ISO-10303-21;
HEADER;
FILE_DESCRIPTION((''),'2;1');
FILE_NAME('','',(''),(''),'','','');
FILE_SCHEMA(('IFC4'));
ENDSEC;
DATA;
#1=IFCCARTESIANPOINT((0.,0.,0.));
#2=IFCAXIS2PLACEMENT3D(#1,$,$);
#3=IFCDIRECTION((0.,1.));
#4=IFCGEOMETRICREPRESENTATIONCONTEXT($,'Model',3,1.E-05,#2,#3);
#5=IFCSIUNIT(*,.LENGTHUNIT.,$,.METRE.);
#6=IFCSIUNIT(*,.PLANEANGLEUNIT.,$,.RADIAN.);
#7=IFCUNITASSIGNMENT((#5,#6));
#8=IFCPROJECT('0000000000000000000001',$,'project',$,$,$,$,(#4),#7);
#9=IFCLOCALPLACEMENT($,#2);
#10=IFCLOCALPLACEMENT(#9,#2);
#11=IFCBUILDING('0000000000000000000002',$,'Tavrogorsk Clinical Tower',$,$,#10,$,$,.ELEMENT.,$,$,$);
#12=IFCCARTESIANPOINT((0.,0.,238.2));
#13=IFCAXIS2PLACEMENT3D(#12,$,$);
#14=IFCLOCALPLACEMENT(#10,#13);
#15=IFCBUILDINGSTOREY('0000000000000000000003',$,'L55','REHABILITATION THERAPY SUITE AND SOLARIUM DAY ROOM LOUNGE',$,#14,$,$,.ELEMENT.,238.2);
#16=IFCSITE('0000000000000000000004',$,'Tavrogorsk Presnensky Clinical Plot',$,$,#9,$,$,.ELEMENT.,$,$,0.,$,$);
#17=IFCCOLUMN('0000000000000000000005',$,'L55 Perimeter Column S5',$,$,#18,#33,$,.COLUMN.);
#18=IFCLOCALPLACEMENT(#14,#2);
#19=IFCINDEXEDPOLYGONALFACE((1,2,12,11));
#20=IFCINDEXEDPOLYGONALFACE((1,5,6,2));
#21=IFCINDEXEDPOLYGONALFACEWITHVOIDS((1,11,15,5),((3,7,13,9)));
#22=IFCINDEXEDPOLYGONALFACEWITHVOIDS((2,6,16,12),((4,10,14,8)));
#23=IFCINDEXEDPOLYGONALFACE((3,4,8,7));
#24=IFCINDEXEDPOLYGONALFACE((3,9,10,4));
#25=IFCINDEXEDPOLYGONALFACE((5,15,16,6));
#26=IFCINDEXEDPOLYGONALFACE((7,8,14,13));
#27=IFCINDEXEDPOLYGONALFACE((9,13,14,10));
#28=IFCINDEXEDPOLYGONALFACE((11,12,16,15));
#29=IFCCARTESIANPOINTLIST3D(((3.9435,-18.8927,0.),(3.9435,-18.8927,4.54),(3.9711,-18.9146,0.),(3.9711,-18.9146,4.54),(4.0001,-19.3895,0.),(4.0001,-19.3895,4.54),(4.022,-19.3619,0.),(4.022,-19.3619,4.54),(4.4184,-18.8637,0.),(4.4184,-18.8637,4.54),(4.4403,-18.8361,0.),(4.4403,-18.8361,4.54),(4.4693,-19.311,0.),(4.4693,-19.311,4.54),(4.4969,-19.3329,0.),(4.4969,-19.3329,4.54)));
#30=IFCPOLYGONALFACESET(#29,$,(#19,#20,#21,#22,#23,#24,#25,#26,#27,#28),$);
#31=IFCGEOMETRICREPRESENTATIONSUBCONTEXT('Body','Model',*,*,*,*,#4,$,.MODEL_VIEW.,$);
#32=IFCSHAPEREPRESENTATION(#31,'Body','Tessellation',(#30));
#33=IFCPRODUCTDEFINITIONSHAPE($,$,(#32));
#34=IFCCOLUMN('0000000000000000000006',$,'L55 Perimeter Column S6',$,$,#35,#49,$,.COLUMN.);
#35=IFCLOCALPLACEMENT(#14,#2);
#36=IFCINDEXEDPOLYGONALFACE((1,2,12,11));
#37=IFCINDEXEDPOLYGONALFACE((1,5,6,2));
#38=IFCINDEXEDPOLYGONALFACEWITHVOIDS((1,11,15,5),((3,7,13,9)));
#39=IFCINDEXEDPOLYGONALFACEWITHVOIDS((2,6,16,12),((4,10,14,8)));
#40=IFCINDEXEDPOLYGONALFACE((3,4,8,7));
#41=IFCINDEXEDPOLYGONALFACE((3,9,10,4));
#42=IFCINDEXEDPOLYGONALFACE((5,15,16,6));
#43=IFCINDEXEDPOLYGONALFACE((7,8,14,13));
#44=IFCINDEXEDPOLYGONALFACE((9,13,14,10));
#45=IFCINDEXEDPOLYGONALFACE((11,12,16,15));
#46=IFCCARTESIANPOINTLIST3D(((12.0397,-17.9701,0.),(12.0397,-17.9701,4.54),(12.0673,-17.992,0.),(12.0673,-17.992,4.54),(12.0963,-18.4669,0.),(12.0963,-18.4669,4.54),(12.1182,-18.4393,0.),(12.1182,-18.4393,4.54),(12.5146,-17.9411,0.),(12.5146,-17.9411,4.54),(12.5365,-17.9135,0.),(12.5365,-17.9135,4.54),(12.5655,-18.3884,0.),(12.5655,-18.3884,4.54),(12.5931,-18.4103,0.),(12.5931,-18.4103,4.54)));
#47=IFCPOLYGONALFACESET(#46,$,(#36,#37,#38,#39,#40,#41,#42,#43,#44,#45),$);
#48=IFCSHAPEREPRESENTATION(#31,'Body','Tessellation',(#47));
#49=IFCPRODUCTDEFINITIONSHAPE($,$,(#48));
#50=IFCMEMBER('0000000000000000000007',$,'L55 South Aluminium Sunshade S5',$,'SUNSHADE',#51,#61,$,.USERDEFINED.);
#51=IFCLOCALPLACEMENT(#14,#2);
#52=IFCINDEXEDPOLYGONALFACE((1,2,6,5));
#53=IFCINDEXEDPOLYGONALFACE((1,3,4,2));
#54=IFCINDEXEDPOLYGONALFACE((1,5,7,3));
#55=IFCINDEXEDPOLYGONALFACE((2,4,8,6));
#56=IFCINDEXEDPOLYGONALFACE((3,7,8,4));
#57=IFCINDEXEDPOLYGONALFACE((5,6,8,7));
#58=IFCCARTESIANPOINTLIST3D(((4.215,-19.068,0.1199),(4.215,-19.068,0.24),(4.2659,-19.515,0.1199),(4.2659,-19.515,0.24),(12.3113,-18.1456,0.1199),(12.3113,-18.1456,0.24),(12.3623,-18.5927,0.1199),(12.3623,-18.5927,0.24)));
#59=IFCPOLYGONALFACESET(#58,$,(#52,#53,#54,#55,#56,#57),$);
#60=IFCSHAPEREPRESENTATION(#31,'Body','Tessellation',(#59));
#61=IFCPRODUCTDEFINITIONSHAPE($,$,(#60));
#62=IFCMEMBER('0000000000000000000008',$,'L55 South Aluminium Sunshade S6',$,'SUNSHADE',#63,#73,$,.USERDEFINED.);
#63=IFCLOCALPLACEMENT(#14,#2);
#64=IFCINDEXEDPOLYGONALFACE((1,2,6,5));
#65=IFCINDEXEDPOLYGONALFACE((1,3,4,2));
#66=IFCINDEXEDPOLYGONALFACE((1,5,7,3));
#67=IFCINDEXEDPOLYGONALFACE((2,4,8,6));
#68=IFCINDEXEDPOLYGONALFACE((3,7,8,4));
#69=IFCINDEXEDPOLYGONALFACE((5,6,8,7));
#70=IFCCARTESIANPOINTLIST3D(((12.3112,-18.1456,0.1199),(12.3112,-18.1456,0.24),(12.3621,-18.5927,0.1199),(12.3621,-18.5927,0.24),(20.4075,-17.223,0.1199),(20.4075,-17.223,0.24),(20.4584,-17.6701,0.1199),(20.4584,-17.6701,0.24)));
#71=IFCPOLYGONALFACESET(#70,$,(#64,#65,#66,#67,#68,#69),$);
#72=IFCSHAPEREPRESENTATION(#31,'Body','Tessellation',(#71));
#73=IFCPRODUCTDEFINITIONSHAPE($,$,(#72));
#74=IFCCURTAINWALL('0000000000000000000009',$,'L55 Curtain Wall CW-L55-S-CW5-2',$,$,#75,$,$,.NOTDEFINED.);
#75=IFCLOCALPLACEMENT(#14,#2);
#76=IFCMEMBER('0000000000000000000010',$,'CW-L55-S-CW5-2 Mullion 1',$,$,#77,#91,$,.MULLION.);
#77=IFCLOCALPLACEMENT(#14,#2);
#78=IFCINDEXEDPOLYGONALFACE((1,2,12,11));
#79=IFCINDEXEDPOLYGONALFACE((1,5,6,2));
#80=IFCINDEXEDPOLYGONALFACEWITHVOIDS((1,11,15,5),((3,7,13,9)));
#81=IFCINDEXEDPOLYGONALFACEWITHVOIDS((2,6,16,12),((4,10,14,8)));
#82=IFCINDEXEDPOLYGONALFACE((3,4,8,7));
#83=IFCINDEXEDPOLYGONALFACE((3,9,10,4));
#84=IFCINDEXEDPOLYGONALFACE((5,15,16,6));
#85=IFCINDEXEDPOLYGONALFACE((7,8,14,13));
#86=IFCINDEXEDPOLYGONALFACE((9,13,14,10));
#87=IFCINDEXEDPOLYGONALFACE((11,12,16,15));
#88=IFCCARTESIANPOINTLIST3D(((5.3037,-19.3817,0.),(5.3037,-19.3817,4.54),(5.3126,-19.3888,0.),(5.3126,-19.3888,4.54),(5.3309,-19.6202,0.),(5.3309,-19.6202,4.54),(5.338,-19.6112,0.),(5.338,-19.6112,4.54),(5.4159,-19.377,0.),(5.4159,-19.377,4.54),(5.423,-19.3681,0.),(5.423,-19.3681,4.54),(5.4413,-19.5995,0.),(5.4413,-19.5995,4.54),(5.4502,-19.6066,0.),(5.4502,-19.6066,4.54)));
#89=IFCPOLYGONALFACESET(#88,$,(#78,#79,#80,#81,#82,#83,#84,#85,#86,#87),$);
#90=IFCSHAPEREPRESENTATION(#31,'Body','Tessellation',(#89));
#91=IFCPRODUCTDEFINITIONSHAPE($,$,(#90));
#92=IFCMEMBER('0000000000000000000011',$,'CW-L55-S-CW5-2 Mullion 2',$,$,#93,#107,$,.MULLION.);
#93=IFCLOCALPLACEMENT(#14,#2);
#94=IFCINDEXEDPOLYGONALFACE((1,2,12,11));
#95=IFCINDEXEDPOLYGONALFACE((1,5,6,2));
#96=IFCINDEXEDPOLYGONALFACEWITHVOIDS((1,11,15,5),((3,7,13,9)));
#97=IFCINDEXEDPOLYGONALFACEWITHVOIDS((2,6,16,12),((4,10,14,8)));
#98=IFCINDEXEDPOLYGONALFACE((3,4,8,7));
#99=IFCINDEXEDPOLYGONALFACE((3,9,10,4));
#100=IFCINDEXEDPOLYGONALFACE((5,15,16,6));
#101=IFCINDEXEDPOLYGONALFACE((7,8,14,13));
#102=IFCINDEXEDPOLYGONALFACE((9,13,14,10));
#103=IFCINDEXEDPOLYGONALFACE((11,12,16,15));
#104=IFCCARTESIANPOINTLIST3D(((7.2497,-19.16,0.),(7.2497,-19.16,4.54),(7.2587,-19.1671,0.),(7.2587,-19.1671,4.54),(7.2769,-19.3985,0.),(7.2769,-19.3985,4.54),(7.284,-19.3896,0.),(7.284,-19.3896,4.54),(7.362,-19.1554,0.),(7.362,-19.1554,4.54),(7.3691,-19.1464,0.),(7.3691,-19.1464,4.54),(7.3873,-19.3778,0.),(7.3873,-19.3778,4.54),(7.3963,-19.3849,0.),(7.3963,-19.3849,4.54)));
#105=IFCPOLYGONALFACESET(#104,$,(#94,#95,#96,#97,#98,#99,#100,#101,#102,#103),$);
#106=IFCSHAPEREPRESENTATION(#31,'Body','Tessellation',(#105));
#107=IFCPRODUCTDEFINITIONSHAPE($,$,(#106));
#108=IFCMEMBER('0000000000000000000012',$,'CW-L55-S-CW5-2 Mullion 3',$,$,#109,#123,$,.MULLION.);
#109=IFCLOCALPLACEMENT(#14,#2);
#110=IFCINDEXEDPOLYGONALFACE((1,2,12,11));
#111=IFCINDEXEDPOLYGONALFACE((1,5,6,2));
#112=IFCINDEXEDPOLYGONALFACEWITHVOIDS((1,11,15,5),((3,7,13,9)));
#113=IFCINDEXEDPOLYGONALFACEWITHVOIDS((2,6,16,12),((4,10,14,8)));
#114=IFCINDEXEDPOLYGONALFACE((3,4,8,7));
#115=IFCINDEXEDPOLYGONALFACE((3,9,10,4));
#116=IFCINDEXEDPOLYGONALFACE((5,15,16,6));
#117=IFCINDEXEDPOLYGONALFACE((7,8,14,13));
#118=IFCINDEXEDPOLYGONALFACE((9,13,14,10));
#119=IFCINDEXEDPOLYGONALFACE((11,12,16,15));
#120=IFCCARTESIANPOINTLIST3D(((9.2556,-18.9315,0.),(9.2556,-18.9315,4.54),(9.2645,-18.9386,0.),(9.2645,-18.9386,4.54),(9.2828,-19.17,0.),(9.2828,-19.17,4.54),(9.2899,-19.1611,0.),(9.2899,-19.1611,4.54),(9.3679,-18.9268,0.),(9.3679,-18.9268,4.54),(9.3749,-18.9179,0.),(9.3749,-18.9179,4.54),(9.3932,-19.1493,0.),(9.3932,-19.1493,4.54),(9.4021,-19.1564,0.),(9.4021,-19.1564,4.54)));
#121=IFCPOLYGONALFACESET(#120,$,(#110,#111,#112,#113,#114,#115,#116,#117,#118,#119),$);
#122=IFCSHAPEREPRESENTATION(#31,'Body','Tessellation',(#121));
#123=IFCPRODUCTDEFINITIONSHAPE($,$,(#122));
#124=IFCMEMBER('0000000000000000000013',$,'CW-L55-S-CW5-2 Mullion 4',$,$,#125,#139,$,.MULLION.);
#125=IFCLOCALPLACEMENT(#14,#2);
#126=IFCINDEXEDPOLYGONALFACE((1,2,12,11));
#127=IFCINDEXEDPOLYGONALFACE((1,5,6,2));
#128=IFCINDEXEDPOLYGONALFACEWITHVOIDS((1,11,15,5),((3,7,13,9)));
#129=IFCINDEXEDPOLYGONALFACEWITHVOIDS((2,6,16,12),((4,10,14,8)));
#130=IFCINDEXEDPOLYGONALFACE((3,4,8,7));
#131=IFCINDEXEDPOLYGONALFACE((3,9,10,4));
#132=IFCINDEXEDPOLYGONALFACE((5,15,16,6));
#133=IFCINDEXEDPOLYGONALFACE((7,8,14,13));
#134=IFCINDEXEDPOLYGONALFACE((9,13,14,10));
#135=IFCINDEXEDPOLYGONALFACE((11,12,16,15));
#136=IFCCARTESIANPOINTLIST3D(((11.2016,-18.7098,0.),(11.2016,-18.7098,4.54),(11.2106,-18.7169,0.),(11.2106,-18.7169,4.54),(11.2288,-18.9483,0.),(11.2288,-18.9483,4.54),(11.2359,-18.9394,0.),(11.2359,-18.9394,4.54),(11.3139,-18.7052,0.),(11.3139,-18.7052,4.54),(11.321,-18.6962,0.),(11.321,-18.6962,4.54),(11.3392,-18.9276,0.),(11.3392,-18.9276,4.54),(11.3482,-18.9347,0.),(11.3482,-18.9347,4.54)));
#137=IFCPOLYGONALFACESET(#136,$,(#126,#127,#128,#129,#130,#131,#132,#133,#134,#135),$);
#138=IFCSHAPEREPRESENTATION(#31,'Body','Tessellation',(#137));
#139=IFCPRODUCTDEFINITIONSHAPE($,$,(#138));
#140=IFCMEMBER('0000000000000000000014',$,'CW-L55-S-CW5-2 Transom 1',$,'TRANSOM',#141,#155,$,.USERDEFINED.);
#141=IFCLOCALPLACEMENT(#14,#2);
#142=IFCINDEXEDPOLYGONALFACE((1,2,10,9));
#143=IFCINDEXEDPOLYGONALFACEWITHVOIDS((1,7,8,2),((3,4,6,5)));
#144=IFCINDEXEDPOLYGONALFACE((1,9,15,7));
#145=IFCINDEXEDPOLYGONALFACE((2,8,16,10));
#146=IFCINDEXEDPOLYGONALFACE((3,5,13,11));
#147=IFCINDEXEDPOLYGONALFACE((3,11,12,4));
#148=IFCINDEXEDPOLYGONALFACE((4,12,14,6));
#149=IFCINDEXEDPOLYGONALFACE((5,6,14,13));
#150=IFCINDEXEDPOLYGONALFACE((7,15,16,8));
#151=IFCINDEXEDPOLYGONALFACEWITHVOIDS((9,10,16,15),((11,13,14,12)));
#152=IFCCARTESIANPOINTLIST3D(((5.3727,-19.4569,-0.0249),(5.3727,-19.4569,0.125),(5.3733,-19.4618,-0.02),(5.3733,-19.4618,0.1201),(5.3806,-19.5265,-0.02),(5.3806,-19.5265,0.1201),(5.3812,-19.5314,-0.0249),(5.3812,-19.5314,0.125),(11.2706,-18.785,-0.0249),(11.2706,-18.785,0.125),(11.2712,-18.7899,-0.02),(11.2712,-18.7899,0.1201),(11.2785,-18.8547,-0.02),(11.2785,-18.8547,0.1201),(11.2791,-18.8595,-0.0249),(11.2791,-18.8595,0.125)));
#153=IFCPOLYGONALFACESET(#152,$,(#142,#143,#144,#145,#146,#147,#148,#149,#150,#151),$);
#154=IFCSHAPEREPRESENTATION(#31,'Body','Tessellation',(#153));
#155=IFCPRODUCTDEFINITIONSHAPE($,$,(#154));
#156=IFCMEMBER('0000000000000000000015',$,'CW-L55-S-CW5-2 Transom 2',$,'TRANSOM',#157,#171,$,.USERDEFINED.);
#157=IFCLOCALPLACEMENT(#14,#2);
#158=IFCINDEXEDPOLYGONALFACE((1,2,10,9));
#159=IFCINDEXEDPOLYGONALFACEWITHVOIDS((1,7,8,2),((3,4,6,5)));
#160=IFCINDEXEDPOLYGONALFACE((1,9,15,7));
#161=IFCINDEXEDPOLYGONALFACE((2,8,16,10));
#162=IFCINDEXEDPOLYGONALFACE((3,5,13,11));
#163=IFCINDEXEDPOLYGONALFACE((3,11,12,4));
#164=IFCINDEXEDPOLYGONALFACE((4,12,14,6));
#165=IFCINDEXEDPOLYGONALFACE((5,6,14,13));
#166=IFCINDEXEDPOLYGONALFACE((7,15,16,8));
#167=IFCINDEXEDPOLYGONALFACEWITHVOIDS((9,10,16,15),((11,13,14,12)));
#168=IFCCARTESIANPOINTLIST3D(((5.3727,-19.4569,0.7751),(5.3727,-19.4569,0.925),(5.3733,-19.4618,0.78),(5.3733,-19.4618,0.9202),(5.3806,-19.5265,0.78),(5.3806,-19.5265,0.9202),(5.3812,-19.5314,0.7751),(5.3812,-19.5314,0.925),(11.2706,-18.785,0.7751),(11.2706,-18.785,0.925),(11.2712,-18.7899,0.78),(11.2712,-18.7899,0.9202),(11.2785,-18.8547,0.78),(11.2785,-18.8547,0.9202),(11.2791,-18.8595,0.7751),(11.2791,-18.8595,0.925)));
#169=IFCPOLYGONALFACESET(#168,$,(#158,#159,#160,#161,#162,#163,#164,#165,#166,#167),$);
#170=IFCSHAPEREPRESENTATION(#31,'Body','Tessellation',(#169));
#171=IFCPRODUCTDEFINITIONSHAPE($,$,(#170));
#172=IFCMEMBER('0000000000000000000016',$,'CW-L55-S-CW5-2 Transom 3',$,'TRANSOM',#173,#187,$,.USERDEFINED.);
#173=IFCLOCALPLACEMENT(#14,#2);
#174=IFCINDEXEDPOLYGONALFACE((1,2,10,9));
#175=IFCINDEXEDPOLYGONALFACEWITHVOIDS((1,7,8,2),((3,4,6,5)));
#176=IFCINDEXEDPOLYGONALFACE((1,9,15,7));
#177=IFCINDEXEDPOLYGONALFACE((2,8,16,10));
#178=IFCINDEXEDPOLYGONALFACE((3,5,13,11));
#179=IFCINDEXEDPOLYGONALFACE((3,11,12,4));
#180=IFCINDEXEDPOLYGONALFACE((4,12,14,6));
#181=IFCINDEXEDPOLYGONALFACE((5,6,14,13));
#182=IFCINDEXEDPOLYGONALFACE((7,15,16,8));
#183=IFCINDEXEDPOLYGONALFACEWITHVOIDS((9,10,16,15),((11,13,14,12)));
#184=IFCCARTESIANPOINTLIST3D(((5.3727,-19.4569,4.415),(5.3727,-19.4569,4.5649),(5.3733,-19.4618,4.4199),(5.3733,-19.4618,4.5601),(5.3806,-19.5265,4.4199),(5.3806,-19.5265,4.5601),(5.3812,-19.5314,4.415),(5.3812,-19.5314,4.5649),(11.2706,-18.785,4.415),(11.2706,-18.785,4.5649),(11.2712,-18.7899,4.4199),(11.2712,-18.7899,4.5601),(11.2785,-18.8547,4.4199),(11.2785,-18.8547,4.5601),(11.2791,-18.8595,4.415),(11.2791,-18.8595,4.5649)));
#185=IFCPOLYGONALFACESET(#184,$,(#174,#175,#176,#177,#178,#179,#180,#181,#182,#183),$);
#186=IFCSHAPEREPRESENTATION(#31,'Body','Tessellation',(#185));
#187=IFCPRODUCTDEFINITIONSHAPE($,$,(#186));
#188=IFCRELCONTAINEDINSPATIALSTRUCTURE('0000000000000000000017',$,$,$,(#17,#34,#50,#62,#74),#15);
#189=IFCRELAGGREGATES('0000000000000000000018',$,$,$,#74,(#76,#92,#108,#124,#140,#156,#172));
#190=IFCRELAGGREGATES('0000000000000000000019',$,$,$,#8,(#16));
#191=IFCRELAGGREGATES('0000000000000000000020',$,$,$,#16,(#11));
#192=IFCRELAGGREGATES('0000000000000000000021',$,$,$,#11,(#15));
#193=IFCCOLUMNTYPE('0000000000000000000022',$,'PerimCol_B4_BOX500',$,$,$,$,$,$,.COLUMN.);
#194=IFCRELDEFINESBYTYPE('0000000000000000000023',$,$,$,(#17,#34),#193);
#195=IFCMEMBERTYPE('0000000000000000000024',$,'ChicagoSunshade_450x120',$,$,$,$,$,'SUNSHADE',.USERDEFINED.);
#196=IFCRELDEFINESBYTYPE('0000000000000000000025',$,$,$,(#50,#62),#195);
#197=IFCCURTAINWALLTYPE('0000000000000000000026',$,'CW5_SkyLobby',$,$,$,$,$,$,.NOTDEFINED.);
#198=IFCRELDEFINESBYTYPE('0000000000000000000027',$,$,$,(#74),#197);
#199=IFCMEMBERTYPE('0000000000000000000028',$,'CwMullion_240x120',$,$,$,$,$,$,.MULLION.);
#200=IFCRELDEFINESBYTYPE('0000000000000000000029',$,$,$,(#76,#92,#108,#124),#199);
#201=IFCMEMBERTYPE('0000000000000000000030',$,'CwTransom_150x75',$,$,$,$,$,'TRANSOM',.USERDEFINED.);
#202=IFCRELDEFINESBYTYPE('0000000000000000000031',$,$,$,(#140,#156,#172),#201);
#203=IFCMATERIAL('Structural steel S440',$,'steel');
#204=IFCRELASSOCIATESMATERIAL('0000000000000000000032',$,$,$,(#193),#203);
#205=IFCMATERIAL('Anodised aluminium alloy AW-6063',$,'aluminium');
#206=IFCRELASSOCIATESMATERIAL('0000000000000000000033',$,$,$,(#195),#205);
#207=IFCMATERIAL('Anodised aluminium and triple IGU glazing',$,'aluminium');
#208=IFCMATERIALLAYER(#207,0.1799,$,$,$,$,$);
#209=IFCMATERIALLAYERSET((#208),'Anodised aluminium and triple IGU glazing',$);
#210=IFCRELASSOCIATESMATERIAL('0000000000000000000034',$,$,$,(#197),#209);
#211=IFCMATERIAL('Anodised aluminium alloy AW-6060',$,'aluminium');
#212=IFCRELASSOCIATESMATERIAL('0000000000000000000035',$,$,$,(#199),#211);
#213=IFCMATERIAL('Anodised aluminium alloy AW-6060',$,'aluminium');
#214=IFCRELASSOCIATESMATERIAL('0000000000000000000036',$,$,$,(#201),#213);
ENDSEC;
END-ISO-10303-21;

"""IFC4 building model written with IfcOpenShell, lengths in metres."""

from ifc_helpers import new_model, si_unit, direction, frame, origin, origin_2d, place, context, subcontext, project, spatial, rectangle, hollow_rectangle, extrude, material, layer, layer_set, material_profile, profile_set, type_object, element, aggregate, save


model = new_model("IFC4")

# Units and contexts
model_context = context("Model", 3, precision=1e-05, world=origin(), true_north=direction((0.0, 1.0)))
body_context = subcontext(model_context, "Body", "Model", "MODEL_VIEW")
ifc_project = project(units=[si_unit("LENGTHUNIT", "METRE"), si_unit("PLANEANGLEUNIT", "RADIAN")], contexts=[model_context])

# Site, building, storey
site_placement = place(None, origin())
site = spatial("IfcSite", under=ifc_project, at=site_placement, Name="Tavrogorsk Presnensky Clinical Plot", CompositionType="ELEMENT", RefElevation=0.0)
building_placement = place(site_placement, origin())
building = spatial("IfcBuilding", under=site, at=building_placement, Name="Tavrogorsk Clinical Tower", CompositionType="ELEMENT")
storey_placement = place(building_placement, frame((0.0, 0.0, 238.2)))
storey = spatial("IfcBuildingStorey", under=building, at=storey_placement, Name="L55", Description="REHABILITATION THERAPY SUITE AND SOLARIUM DAY ROOM LOUNGE", CompositionType="ELEMENT", Elevation=238.2)

# Columns
ifc_material_1 = material(Name="Structural steel S440", Category="steel")
ifc_material_profile_1 = material_profile(ifc_material_1, hollow_rectangle(XDim=0.5, YDim=0.5, WallThickness=0.0249, at=origin_2d()), Name="BOX-500x500x25")
ifc_profile_set_1 = profile_set([ifc_material_profile_1], Name="Structural steel S440")
column_type = type_object("IfcColumnType", Name="PerimCol_B4_BOX500", PredefinedType="COLUMN", material=ifc_profile_set_1)
for number, where, z_axis, x_axis, name in (
    (1, (4.2202, -19.1128, 0.0), (0.0, 0.0, 1.0), (0.993572, 0.113203, 0.0), "L55 Perimeter Column S5"),
    (2, (12.3164, -18.1902, 0.0), (0.0, 0.0, 1.0), (0.993572, 0.113203, 0.0), "L55 Perimeter Column S6"),
):
    element("IfcColumn", number, at=place(storey_placement, frame(where, z_axis=z_axis, x_axis=x_axis)), inside=storey, type_object=column_type, Name=name, PredefinedType="COLUMN", context=body_context, shape_type="SweptSolid", body=[
        extrude(hollow_rectangle(XDim=0.5, YDim=0.5, WallThickness=0.0249, at=origin_2d()), origin(), (0.0, 0.0, 1.0), 4.54),
    ])

# Members
ifc_material_2 = material(Name="Anodised aluminium alloy AW-6063", Category="aluminium")
ifc_material_profile_2 = material_profile(ifc_material_2, rectangle(XDim=0.45, YDim=0.1201, at=origin_2d()), Name="ALU-SUNSHADE-450x120")
ifc_profile_set_2 = profile_set([ifc_material_profile_2], Name="Anodised aluminium alloy AW-6063")
member_type_1 = type_object("IfcMemberType", Name="ChicagoSunshade_450x120", ElementType="SUNSHADE", PredefinedType="USERDEFINED", material=ifc_profile_set_2)
for number, where, z_axis, x_axis, name in (
    (3, (4.2405, -19.2915, 0.1799), (0.993573, 0.113193, 0.0), (-0.113193, 0.993573, 0.0), "L55 South Aluminium Sunshade S5"),
    (4, (12.3367, -18.3691, 0.1799), (0.99357, 0.113223, 0.0), (-0.113223, 0.99357, 0.0), "L55 South Aluminium Sunshade S6"),
):
    element("IfcMember", number, at=place(storey_placement, frame(where, z_axis=z_axis, x_axis=x_axis)), inside=storey, type_object=member_type_1, Name=name, ObjectType="SUNSHADE", PredefinedType="USERDEFINED", context=body_context, shape_type="SweptSolid", body=[
        extrude(rectangle(XDim=0.45, YDim=0.1201, at=origin_2d()), origin(), (0.0, 0.0, 1.0), 8.1487),
    ])

# Curtain wall, members
ifc_material_3 = material(Name="Anodised aluminium and triple IGU glazing", Category="aluminium")
ifc_layer_1 = layer(ifc_material_3, 0.1799)
ifc_layer_set_1 = layer_set([ifc_layer_1], Name="Anodised aluminium and triple IGU glazing")
curtain_wall_type = type_object("IfcCurtainWallType", Name="CW5_SkyLobby", PredefinedType="NOTDEFINED", material=ifc_layer_set_1)
curtain_wall_placement = place(storey_placement, origin())
curtain_wall = element("IfcCurtainWall", 5, at=curtain_wall_placement, inside=storey, type_object=curtain_wall_type, Name="L55 Curtain Wall CW-L55-S-CW5-2", PredefinedType="NOTDEFINED")
ifc_material_4 = material(Name="Anodised aluminium alloy AW-6060", Category="aluminium")
ifc_material_profile_3 = material_profile(ifc_material_4, hollow_rectangle(XDim=0.1201, YDim=0.24, WallThickness=0.0081, at=origin_2d()), Name="RHS-240x120x8")
ifc_profile_set_3 = profile_set([ifc_material_profile_3], Name="Anodised aluminium alloy AW-6060")
member_type_2 = type_object("IfcMemberType", Name="CwMullion_240x120", PredefinedType="MULLION", material=ifc_profile_set_3)
member_1_placement = place(storey_placement, frame((5.377, -19.4941, 0.0), z_axis=(0.0, 0.0, 1.0), x_axis=(0.993572, 0.113203, 0.0)))
member_1 = element("IfcMember", 6, at=member_1_placement, type_object=member_type_2, Name="CW-L55-S-CW5-2 Mullion 1", PredefinedType="MULLION", context=body_context, shape_type="SweptSolid", body=[
    extrude(hollow_rectangle(XDim=0.1201, YDim=0.24, WallThickness=0.0081, at=origin_2d()), origin(), (0.0, 0.0, 1.0), 4.54),
])
member_2_placement = place(storey_placement, frame((7.323, -19.2725, 0.0), z_axis=(0.0, 0.0, 1.0), x_axis=(0.993572, 0.113203, 0.0)))
member_2 = element("IfcMember", 7, at=member_2_placement, type_object=member_type_2, Name="CW-L55-S-CW5-2 Mullion 2", PredefinedType="MULLION", context=body_context, shape_type="SweptSolid", body=[
    extrude(hollow_rectangle(XDim=0.1201, YDim=0.24, WallThickness=0.0081, at=origin_2d()), origin(), (0.0, 0.0, 1.0), 4.54),
])
member_3_placement = place(storey_placement, frame((9.3289, -19.0439, 0.0), z_axis=(0.0, 0.0, 1.0), x_axis=(0.993572, 0.113203, 0.0)))
member_3 = element("IfcMember", 8, at=member_3_placement, type_object=member_type_2, Name="CW-L55-S-CW5-2 Mullion 3", PredefinedType="MULLION", context=body_context, shape_type="SweptSolid", body=[
    extrude(hollow_rectangle(XDim=0.1201, YDim=0.24, WallThickness=0.0081, at=origin_2d()), origin(), (0.0, 0.0, 1.0), 4.54),
])
member_4_placement = place(storey_placement, frame((11.2749, -18.8223, 0.0), z_axis=(0.0, 0.0, 1.0), x_axis=(0.993572, 0.113203, 0.0)))
member_4 = element("IfcMember", 9, at=member_4_placement, type_object=member_type_2, Name="CW-L55-S-CW5-2 Mullion 4", PredefinedType="MULLION", context=body_context, shape_type="SweptSolid", body=[
    extrude(hollow_rectangle(XDim=0.1201, YDim=0.24, WallThickness=0.0081, at=origin_2d()), origin(), (0.0, 0.0, 1.0), 4.54),
])
ifc_material_5 = material(Name="Anodised aluminium alloy AW-6060", Category="aluminium")
ifc_material_profile_4 = material_profile(ifc_material_5, hollow_rectangle(XDim=0.075, YDim=0.1499, WallThickness=0.0049, at=origin_2d()), Name="RHS-150x75x5")
ifc_profile_set_4 = profile_set([ifc_material_profile_4], Name="Anodised aluminium alloy AW-6060")
member_type_3 = type_object("IfcMemberType", Name="CwTransom_150x75", ElementType="TRANSOM", PredefinedType="USERDEFINED", material=ifc_profile_set_4)
member_5_placement = place(storey_placement, frame((5.377, -19.4941, 0.05), z_axis=(0.993574, 0.113185, 0.0), x_axis=(-0.113185, 0.993574, 0.0)))
member_5 = element("IfcMember", 10, at=member_5_placement, type_object=member_type_3, Name="CW-L55-S-CW5-2 Transom 1", ObjectType="TRANSOM", PredefinedType="USERDEFINED", context=body_context, shape_type="SweptSolid", body=[
    extrude(hollow_rectangle(XDim=0.075, YDim=0.1499, WallThickness=0.0049, at=origin_2d()), origin(), (0.0, 0.0, 1.0), 5.936),
])
member_6_placement = place(storey_placement, frame((5.377, -19.4941, 0.8501), z_axis=(0.993574, 0.113185, 0.0), x_axis=(-0.113185, 0.993574, 0.0)))
member_6 = element("IfcMember", 11, at=member_6_placement, type_object=member_type_3, Name="CW-L55-S-CW5-2 Transom 2", ObjectType="TRANSOM", PredefinedType="USERDEFINED", context=body_context, shape_type="SweptSolid", body=[
    extrude(hollow_rectangle(XDim=0.075, YDim=0.1499, WallThickness=0.0049, at=origin_2d()), origin(), (0.0, 0.0, 1.0), 5.936),
])
member_7_placement = place(storey_placement, frame((5.377, -19.4941, 4.49), z_axis=(0.993574, 0.113185, 0.0), x_axis=(-0.113185, 0.993574, 0.0)))
member_7 = element("IfcMember", 12, at=member_7_placement, type_object=member_type_3, Name="CW-L55-S-CW5-2 Transom 3", ObjectType="TRANSOM", PredefinedType="USERDEFINED", context=body_context, shape_type="SweptSolid", body=[
    extrude(hollow_rectangle(XDim=0.075, YDim=0.1499, WallThickness=0.0049, at=origin_2d()), origin(), (0.0, 0.0, 1.0), 5.936),
])

aggregate(curtain_wall, [member_1, member_2, member_3, member_4, member_5, member_6, member_7])

save(model, "model.ifc")
